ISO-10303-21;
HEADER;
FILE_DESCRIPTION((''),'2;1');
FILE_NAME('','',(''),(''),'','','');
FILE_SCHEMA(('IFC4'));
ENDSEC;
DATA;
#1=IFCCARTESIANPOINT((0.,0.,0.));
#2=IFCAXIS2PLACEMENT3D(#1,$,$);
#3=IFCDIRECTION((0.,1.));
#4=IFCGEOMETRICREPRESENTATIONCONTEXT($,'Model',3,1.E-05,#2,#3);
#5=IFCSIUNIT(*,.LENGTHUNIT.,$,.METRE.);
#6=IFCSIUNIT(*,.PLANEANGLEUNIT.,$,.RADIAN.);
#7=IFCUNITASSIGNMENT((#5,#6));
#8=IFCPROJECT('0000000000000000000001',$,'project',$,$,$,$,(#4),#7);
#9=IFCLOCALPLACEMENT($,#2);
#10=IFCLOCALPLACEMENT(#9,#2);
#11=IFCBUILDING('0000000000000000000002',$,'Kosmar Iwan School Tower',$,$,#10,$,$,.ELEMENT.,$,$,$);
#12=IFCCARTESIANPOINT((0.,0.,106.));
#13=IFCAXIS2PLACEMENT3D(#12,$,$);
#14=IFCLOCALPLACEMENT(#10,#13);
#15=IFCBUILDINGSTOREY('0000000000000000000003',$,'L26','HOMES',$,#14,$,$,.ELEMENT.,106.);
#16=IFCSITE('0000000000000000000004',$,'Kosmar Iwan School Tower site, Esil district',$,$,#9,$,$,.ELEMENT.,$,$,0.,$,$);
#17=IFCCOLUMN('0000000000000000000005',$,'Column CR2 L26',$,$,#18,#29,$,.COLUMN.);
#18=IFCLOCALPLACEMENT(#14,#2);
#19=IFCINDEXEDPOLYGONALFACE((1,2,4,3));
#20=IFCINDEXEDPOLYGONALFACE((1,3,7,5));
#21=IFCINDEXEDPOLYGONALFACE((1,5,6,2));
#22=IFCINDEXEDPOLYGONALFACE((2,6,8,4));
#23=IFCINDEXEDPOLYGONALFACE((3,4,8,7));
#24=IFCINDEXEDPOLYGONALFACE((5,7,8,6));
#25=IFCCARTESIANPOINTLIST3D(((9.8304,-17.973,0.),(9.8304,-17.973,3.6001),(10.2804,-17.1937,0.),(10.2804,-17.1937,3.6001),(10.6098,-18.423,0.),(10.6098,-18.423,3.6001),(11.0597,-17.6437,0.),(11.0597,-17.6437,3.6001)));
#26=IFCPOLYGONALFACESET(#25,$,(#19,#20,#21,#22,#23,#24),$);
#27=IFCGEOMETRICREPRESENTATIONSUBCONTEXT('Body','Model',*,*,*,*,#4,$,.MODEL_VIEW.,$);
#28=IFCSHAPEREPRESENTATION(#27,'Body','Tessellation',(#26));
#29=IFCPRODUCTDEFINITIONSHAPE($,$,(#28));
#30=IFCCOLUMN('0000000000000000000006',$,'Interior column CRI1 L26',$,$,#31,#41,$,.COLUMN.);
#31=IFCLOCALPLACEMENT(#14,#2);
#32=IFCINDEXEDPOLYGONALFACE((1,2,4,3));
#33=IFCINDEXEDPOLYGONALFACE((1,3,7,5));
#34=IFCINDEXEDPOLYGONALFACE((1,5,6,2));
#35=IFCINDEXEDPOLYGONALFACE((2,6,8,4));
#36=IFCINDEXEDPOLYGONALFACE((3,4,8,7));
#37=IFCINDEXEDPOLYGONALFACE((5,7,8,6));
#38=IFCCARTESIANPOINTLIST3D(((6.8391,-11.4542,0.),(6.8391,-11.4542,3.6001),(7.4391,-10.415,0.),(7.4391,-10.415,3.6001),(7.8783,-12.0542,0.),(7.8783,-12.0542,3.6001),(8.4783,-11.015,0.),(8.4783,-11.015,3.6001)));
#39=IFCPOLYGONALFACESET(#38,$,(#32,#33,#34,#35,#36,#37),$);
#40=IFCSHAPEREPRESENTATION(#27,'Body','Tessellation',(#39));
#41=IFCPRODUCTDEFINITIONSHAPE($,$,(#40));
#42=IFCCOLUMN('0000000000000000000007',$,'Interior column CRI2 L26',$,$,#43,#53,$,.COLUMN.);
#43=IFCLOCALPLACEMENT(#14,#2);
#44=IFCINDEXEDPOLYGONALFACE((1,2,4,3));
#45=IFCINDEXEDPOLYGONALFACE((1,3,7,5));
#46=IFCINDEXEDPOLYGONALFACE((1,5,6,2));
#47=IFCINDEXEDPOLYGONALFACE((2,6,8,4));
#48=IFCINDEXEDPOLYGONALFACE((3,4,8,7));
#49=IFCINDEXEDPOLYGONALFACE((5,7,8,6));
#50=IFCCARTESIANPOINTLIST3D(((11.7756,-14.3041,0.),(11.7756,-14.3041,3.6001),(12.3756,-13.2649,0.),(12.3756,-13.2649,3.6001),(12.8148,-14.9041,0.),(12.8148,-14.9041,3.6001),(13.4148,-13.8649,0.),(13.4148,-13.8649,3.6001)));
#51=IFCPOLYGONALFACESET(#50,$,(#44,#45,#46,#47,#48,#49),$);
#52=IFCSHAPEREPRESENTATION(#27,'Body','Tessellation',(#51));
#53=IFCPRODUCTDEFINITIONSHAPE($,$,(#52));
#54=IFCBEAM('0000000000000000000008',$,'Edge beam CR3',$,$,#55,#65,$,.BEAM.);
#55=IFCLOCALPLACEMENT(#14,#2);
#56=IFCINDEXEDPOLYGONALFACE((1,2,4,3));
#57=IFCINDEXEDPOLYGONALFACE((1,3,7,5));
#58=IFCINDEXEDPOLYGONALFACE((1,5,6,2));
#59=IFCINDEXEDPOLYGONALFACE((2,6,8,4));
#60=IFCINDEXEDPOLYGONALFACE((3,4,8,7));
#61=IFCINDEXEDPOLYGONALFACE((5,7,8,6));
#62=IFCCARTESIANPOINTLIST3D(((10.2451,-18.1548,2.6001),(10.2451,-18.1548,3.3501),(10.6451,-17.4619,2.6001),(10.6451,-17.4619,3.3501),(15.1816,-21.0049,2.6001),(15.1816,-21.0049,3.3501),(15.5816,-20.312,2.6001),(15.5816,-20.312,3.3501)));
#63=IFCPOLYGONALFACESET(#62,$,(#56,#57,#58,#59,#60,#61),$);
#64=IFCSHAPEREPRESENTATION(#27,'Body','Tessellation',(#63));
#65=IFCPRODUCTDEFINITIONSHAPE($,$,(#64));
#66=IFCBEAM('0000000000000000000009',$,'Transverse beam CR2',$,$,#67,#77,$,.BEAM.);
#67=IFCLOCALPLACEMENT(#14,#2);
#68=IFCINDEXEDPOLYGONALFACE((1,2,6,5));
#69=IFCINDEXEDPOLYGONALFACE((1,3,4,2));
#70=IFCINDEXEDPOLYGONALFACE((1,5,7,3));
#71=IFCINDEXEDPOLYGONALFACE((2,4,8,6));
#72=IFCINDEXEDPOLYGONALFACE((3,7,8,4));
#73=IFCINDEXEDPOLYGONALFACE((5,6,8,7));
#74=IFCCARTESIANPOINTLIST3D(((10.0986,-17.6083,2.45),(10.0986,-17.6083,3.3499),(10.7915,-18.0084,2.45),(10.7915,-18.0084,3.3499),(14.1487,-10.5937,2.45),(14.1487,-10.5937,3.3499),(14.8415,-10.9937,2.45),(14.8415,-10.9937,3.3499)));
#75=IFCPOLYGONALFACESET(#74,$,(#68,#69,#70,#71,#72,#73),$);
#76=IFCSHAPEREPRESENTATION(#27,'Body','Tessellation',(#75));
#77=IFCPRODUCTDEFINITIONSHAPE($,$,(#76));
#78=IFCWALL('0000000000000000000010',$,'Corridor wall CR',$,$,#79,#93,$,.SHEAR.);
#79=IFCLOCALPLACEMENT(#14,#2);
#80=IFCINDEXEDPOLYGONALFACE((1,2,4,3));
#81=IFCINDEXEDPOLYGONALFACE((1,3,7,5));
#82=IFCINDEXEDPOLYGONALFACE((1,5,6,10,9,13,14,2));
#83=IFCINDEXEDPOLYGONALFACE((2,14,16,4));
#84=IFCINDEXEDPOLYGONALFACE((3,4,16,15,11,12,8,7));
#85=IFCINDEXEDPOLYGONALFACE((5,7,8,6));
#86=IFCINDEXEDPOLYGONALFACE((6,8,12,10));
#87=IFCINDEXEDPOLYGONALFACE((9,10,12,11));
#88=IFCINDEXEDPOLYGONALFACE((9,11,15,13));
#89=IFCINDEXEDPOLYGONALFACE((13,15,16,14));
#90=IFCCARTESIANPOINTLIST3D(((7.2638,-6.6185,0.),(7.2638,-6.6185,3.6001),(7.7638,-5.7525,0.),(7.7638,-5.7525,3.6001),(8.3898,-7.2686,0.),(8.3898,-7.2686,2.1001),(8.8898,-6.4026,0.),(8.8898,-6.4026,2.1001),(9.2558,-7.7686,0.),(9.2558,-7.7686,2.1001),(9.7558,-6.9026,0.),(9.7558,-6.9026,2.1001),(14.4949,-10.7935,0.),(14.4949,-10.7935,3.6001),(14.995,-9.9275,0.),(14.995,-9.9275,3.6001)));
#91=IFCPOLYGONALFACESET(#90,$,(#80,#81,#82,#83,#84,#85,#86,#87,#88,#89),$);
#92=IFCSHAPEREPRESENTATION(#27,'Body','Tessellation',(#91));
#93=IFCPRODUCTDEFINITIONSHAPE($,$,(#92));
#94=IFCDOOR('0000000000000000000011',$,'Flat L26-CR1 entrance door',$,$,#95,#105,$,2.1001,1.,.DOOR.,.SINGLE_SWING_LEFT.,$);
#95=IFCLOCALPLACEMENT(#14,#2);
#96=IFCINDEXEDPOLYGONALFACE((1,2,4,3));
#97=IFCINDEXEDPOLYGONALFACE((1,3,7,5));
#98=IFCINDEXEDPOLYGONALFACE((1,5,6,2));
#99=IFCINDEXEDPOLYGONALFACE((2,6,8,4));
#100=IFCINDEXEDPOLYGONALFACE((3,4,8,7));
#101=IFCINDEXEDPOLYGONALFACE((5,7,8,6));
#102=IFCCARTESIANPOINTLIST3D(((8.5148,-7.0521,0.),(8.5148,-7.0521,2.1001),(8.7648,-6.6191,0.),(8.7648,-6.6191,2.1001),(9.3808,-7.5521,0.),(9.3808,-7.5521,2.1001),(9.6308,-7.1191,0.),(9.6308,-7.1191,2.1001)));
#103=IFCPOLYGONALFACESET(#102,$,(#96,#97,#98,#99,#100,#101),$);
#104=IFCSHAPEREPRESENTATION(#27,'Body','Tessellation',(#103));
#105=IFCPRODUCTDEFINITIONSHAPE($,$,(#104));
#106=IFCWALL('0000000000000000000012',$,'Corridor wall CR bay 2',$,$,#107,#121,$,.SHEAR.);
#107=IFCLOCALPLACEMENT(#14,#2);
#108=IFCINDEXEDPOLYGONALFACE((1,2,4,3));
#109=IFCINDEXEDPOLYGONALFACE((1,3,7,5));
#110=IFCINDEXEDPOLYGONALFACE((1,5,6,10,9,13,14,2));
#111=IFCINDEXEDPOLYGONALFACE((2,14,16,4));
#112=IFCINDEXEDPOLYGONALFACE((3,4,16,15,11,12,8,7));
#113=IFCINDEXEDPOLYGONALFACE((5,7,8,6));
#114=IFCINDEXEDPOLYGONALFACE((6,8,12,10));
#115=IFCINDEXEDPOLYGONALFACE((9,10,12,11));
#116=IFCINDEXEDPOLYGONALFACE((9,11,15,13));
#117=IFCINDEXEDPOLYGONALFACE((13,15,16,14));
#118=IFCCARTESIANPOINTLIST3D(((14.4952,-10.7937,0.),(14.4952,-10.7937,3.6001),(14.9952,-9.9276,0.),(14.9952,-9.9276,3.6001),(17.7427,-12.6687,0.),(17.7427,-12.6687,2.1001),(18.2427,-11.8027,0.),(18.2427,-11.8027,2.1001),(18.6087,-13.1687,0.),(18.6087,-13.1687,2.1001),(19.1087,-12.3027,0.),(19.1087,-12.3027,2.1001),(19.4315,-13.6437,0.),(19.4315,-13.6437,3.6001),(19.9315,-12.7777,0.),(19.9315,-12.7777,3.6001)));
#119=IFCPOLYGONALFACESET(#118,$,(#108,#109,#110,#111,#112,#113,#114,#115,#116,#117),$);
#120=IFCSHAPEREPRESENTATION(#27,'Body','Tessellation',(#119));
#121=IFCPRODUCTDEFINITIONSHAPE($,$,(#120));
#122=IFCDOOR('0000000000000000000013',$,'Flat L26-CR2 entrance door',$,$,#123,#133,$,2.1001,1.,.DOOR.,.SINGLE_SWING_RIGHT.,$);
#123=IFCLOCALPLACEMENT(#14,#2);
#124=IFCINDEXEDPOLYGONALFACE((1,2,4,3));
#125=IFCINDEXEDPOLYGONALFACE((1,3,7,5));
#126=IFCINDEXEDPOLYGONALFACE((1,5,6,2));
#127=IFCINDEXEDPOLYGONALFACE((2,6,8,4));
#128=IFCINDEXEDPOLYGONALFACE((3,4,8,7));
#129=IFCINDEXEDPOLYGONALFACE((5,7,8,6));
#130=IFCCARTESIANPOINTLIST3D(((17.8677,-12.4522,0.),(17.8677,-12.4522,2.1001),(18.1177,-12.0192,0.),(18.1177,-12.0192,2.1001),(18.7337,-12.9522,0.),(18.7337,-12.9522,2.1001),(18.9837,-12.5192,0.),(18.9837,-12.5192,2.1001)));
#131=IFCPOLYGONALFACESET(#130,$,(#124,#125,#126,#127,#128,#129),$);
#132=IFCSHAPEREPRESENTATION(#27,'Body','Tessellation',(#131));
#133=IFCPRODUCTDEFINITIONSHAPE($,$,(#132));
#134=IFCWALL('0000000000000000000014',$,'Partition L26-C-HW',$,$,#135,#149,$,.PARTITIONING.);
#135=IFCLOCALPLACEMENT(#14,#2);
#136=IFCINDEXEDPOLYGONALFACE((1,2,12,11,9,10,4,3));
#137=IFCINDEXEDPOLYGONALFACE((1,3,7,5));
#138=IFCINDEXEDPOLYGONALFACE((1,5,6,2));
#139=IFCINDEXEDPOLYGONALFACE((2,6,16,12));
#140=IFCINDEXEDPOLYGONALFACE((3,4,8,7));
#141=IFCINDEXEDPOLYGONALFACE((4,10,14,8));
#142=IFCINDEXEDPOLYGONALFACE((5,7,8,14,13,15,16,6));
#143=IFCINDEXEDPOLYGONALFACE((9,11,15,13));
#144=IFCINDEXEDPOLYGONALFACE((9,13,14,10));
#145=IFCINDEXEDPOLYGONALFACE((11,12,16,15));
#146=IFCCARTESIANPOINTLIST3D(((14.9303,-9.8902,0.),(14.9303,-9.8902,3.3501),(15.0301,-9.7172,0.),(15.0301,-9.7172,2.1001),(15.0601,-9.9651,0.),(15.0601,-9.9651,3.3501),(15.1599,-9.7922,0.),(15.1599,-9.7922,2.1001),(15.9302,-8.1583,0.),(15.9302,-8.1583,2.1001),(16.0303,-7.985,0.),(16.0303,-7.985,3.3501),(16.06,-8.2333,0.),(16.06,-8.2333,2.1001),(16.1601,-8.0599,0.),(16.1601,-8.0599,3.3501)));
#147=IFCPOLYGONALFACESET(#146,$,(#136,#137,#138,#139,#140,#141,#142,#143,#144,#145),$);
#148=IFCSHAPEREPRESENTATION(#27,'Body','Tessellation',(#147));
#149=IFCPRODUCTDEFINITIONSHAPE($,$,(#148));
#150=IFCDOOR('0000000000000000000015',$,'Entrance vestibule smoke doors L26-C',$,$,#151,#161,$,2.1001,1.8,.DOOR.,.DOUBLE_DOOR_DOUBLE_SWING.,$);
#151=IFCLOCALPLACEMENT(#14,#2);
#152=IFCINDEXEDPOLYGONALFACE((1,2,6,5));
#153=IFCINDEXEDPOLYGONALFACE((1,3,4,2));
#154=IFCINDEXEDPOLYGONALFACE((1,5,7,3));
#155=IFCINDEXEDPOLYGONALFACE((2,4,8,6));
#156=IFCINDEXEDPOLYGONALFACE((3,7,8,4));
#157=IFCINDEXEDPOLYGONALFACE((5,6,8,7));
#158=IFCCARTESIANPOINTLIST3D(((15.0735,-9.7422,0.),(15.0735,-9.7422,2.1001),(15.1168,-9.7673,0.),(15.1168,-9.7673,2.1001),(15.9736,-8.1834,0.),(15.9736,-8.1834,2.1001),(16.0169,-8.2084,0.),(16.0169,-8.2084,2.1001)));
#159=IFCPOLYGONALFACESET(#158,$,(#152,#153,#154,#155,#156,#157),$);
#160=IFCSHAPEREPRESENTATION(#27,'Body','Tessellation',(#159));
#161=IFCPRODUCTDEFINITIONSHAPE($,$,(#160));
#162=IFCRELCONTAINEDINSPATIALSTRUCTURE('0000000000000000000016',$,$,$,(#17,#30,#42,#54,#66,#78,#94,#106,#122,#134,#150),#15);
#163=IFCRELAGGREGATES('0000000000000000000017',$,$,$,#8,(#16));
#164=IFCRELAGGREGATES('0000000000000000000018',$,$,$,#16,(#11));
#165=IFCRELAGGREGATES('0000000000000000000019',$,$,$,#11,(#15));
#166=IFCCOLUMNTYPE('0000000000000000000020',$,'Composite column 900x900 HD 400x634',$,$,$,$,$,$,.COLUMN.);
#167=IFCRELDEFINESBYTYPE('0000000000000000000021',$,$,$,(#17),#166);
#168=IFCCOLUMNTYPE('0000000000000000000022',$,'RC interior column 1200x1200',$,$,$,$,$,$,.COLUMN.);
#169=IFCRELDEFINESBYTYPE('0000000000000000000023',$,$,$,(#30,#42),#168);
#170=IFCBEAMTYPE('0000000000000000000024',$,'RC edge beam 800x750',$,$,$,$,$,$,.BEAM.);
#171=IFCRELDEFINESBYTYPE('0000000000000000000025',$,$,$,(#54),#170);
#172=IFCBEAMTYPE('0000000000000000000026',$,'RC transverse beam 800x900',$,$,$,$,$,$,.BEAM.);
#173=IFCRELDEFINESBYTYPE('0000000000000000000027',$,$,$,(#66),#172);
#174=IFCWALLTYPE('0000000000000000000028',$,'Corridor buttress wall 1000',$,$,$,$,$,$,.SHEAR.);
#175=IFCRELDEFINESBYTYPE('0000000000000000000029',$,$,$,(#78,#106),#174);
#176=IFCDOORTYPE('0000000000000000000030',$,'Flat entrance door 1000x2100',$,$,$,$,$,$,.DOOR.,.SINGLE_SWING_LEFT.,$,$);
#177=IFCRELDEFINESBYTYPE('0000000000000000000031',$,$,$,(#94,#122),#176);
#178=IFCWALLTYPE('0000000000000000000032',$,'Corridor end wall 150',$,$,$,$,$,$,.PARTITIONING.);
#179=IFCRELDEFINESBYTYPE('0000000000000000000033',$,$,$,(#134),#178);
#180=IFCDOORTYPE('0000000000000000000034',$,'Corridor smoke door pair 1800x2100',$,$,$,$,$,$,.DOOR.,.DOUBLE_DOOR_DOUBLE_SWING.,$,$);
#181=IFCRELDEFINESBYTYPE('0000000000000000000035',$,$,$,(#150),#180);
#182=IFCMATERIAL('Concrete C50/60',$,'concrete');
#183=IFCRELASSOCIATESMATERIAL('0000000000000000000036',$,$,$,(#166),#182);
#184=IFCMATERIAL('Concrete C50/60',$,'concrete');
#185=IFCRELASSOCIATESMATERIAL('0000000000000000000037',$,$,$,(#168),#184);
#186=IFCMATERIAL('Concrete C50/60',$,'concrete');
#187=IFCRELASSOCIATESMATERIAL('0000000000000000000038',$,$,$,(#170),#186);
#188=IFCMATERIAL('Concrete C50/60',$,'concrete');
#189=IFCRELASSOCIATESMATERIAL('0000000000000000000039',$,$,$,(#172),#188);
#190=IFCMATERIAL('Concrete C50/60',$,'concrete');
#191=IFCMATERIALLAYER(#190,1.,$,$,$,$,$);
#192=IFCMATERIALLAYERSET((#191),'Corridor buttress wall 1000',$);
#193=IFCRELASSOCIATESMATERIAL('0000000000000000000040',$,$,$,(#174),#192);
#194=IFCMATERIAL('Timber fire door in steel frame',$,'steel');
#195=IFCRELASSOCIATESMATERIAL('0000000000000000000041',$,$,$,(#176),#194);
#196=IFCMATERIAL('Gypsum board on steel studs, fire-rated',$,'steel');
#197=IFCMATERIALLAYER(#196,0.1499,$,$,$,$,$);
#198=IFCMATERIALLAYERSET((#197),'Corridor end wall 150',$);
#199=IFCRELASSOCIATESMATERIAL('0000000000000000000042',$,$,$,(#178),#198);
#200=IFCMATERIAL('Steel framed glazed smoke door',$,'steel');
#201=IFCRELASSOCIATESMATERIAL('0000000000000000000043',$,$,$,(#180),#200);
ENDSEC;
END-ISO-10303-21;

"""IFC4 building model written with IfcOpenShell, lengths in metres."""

from ifc_helpers import new_model, si_unit, direction, frame, frame_2d, origin, origin_2d, place, context, subcontext, project, spatial, rectangle, extrude, material, layer, layer_set, material_profile, profile_set, type_object, element, fill, save


model = new_model("IFC4")

# Units and contexts
model_context = context("Model", 3, precision=1e-05, world=origin(), true_north=direction((0.0, 1.0)))
body_context = subcontext(model_context, "Body", "Model", "MODEL_VIEW")
ifc_project = project(units=[si_unit("LENGTHUNIT", "METRE"), si_unit("PLANEANGLEUNIT", "RADIAN")], contexts=[model_context])

# Site, building, storey
site_placement = place(None, origin())
site = spatial("IfcSite", under=ifc_project, at=site_placement, Name="Kosmar Iwan School Tower site, Esil district", CompositionType="ELEMENT", RefElevation=0.0)
building_placement = place(site_placement, origin())
building = spatial("IfcBuilding", under=site, at=building_placement, Name="Kosmar Iwan School Tower", CompositionType="ELEMENT")
storey_placement = place(building_placement, frame((0.0, 0.0, 106.0)))
storey = spatial("IfcBuildingStorey", under=building, at=storey_placement, Name="L26", Description="HOMES", CompositionType="ELEMENT", Elevation=106.0)

# Columns
ifc_material_1 = material(Name="Concrete C50/60", Category="concrete")
ifc_material_profile_1 = material_profile(ifc_material_1, rectangle(XDim=0.8999, YDim=0.8999, at=origin_2d()), Name="RC 900x900 + HD 400x634")
ifc_profile_set_1 = profile_set([ifc_material_profile_1], Name="Concrete C50/60")
column_type_1 = type_object("IfcColumnType", Name="Composite column 900x900 HD 400x634", PredefinedType="COLUMN", material=ifc_profile_set_1)
column_placement = place(storey_placement, frame((10.4451, -17.8083, 0.0), z_axis=(0.0, 0.0, 1.0), x_axis=(0.866025, -0.5, 0.0)))
element("IfcColumn", 1, at=column_placement, inside=storey, type_object=column_type_1, Name="Column CR2 L26", PredefinedType="COLUMN", context=body_context, shape_type="SweptSolid", body=[
    extrude(rectangle(XDim=0.8999, YDim=0.8999, at=origin_2d()), origin(), (0.0, 0.0, 1.0), 3.6001),
])
ifc_material_2 = material(Name="Concrete C50/60", Category="concrete")
ifc_material_profile_2 = material_profile(ifc_material_2, rectangle(XDim=1.2, YDim=1.2, at=origin_2d()), Name="RC 1200x1200")
ifc_profile_set_2 = profile_set([ifc_material_profile_2], Name="Concrete C50/60")
column_type_2 = type_object("IfcColumnType", Name="RC interior column 1200x1200", PredefinedType="COLUMN", material=ifc_profile_set_2)
for number, where, z_axis, x_axis, name in (
    (2, (7.6587, -11.2346, 0.0), (0.0, 0.0, 1.0), (0.866025, -0.5, 0.0), "Interior column CRI1 L26"),
    (3, (12.5952, -14.0845, 0.0), (0.0, 0.0, 1.0), (0.866025, -0.5, 0.0), "Interior column CRI2 L26"),
):
    element("IfcColumn", number, at=place(storey_placement, frame(where, z_axis=z_axis, x_axis=x_axis)), inside=storey, type_object=column_type_2, Name=name, PredefinedType="COLUMN", context=body_context, shape_type="SweptSolid", body=[
        extrude(rectangle(XDim=1.2, YDim=1.2, at=origin_2d()), origin(), (0.0, 0.0, 1.0), 3.6001),
    ])

# Beams
ifc_material_3 = material(Name="Concrete C50/60", Category="concrete")
ifc_material_profile_3 = material_profile(ifc_material_3, rectangle(XDim=0.8, YDim=0.75, at=origin_2d()), Name="RC 800x750")
ifc_profile_set_3 = profile_set([ifc_material_profile_3], Name="Concrete C50/60")
beam_type_1 = type_object("IfcBeamType", Name="RC edge beam 800x750", PredefinedType="BEAM", material=ifc_profile_set_3)
beam_1_placement = place(storey_placement, frame((10.4451, -17.8083, 2.9751), z_axis=(0.866026, -0.499999, 0.0), x_axis=(0.499999, 0.866026, 0.0)))
element("IfcBeam", 4, at=beam_1_placement, inside=storey, type_object=beam_type_1, Name="Edge beam CR3", PredefinedType="BEAM", context=body_context, shape_type="SweptSolid", body=[
    extrude(rectangle(XDim=0.8, YDim=0.75, at=origin_2d()), origin(), (0.0, 0.0, 1.0), 5.7002),
])
ifc_material_4 = material(Name="Concrete C50/60", Category="concrete")
ifc_material_profile_4 = material_profile(ifc_material_4, rectangle(XDim=0.8, YDim=0.8999, at=origin_2d()), Name="RC 800x900")
ifc_profile_set_4 = profile_set([ifc_material_profile_4], Name="Concrete C50/60")
beam_type_2 = type_object("IfcBeamType", Name="RC transverse beam 800x900", PredefinedType="BEAM", material=ifc_profile_set_4)
beam_2_placement = place(storey_placement, frame((10.4451, -17.8083, 2.8999), z_axis=(0.500013, 0.866018, 0.0), x_axis=(-0.866018, 0.500013, 0.0)))
element("IfcBeam", 5, at=beam_2_placement, inside=storey, type_object=beam_type_2, Name="Transverse beam CR2", PredefinedType="BEAM", context=body_context, shape_type="SweptSolid", body=[
    extrude(rectangle(XDim=0.8, YDim=0.8999, at=origin_2d()), origin(), (0.0, 0.0, 1.0), 8.0999),
])

# Walls, openings, doors
ifc_material_5 = material(Name="Concrete C50/60", Category="concrete")
ifc_layer_1 = layer(ifc_material_5, 1.0)
ifc_layer_set_1 = layer_set([ifc_layer_1], Name="Corridor buttress wall 1000")
wall_type_1 = type_object("IfcWallType", Name="Corridor buttress wall 1000", PredefinedType="SHEAR", material=ifc_layer_set_1)
wall_1_placement = place(storey_placement, frame((7.5139, -6.1855, 0.0), z_axis=(0.0, 0.0, 1.0), x_axis=(0.86602, -0.50001, 0.0)))
wall_1 = element("IfcWall", 6, at=wall_1_placement, inside=storey, type_object=wall_type_1, Name="Corridor wall CR", PredefinedType="SHEAR", context=body_context, shape_type="SweptSolid", body=[
    extrude(rectangle(XDim=8.3499, YDim=1.0, at=frame_2d((4.1748, 0.0))), origin(), (0.0, 0.0, 1.0), 3.6001),
])
opening_1_placement = place(wall_1_placement, frame((1.3, 0.0, 0.0)))
opening_1 = element("IfcOpeningElement", 7, at=opening_1_placement, cuts=wall_1, PredefinedType="OPENING", context=body_context, shape_type="SweptSolid", body=[
    extrude(rectangle(XDim=1.0, YDim=2.1001, at=frame_2d((0.5, 1.05))), frame((0.0, 0.512, 0.0), z_axis=(0.0, -1.0, 0.0), x_axis=(1.0, 0.0, 0.0)), (0.0, 0.0, 1.0), 1.0239),
])
ifc_material_6 = material(Name="Timber fire door in steel frame", Category="steel")
door_type_1 = type_object("IfcDoorType", Name="Flat entrance door 1000x2100", OperationType="SINGLE_SWING_LEFT", PredefinedType="DOOR", material=ifc_material_6)
door_1_placement = place(opening_1_placement, origin())
door_1 = element("IfcDoor", 8, at=door_1_placement, inside=storey, type_object=door_type_1, Name="Flat L26-CR1 entrance door", OperationType="SINGLE_SWING_LEFT", OverallHeight=2.1001, OverallWidth=1.0, PredefinedType="DOOR", context=body_context, shape_type="SweptSolid", body=[
    extrude(rectangle(XDim=1.0, YDim=2.1001, at=frame_2d((0.5, 1.05))), frame((0.0, 0.25, 0.0), z_axis=(0.0, -1.0, 0.0), x_axis=(1.0, 0.0, 0.0)), (0.0, 0.0, 1.0), 0.5),
])
fill(opening_1, door_1)
wall_2_placement = place(storey_placement, frame((14.7451, -10.3606, 0.0), z_axis=(0.0, 0.0, 1.0), x_axis=(0.866015, -0.500018, 0.0)))
wall_2 = element("IfcWall", 9, at=wall_2_placement, inside=storey, type_object=wall_type_1, Name="Corridor wall CR bay 2", PredefinedType="SHEAR", context=body_context, shape_type="SweptSolid", body=[
    extrude(rectangle(XDim=5.7, YDim=1.0, at=frame_2d((2.8501, 0.0))), origin(), (0.0, 0.0, 1.0), 3.6001),
])
opening_2_placement = place(wall_2_placement, frame((3.75, 0.0, 0.0)))
opening_2 = element("IfcOpeningElement", 10, at=opening_2_placement, cuts=wall_2, PredefinedType="OPENING", context=body_context, shape_type="SweptSolid", body=[
    extrude(rectangle(XDim=1.0, YDim=2.1001, at=frame_2d((0.5, 1.05))), frame((0.0, 0.512, 0.0), z_axis=(0.0, -1.0, 0.0), x_axis=(1.0, 0.0, 0.0)), (0.0, 0.0, 1.0), 1.0239),
])
door_2_placement = place(opening_2_placement, origin())
door_2 = element("IfcDoor", 11, at=door_2_placement, inside=storey, type_object=door_type_1, Name="Flat L26-CR2 entrance door", OperationType="SINGLE_SWING_RIGHT", OverallHeight=2.1001, OverallWidth=1.0, PredefinedType="DOOR", context=body_context, shape_type="SweptSolid", body=[
    extrude(rectangle(XDim=1.0, YDim=2.1001, at=frame_2d((0.5, 1.05))), frame((0.0, 0.25, 0.0), z_axis=(0.0, -1.0, 0.0), x_axis=(1.0, 0.0, 0.0)), (0.0, 0.0, 1.0), 0.5),
])
fill(opening_2, door_2)
ifc_material_7 = material(Name="Gypsum board on steel studs, fire-rated", Category="steel")
ifc_layer_2 = layer(ifc_material_7, 0.1499)
ifc_layer_set_2 = layer_set([ifc_layer_2], Name="Corridor end wall 150")
wall_type_2 = type_object("IfcWallType", Name="Corridor end wall 150", PredefinedType="PARTITIONING", material=ifc_layer_set_2)
wall_3_placement = place(storey_placement, frame((14.9951, -9.9277, 0.0), z_axis=(0.0, 0.0, 1.0), x_axis=(0.50003, 0.866008, 0.0)))
wall_3 = element("IfcWall", 12, at=wall_3_placement, inside=storey, type_object=wall_type_2, Name="Partition L26-C-HW", PredefinedType="PARTITIONING", context=body_context, shape_type="SweptSolid", body=[
    extrude(rectangle(XDim=2.2, YDim=0.1499, at=frame_2d((1.1001, 0.0))), origin(), (0.0, 0.0, 1.0), 3.3501),
])
opening_3_placement = place(wall_3_placement, frame((0.2, 0.0, 0.0)))
opening_3 = element("IfcOpeningElement", 13, at=opening_3_placement, cuts=wall_3, PredefinedType="OPENING", context=body_context, shape_type="SweptSolid", body=[
    extrude(rectangle(XDim=1.8, YDim=2.1001, at=frame_2d((0.8999, 1.05))), frame((0.0, 0.0869, 0.0), z_axis=(0.0, -1.0, 0.0), x_axis=(1.0, 0.0, 0.0)), (0.0, 0.0, 1.0), 0.1738),
])
ifc_material_8 = material(Name="Steel framed glazed smoke door", Category="steel")
door_type_2 = type_object("IfcDoorType", Name="Corridor smoke door pair 1800x2100", OperationType="DOUBLE_DOOR_DOUBLE_SWING", PredefinedType="DOOR", material=ifc_material_8)
door_3_placement = place(opening_3_placement, origin())
door_3 = element("IfcDoor", 14, at=door_3_placement, inside=storey, type_object=door_type_2, Name="Entrance vestibule smoke doors L26-C", OperationType="DOUBLE_DOOR_DOUBLE_SWING", OverallHeight=2.1001, OverallWidth=1.8, PredefinedType="DOOR", context=body_context, shape_type="SweptSolid", body=[
    extrude(rectangle(XDim=1.8, YDim=2.1001, at=frame_2d((0.8999, 1.05))), frame((0.0, 0.0249, 0.0), z_axis=(0.0, -1.0, 0.0), x_axis=(1.0, 0.0, 0.0)), (0.0, 0.0, 1.0), 0.05),
])
fill(opening_3, door_3)

save(model, "model.ifc")
